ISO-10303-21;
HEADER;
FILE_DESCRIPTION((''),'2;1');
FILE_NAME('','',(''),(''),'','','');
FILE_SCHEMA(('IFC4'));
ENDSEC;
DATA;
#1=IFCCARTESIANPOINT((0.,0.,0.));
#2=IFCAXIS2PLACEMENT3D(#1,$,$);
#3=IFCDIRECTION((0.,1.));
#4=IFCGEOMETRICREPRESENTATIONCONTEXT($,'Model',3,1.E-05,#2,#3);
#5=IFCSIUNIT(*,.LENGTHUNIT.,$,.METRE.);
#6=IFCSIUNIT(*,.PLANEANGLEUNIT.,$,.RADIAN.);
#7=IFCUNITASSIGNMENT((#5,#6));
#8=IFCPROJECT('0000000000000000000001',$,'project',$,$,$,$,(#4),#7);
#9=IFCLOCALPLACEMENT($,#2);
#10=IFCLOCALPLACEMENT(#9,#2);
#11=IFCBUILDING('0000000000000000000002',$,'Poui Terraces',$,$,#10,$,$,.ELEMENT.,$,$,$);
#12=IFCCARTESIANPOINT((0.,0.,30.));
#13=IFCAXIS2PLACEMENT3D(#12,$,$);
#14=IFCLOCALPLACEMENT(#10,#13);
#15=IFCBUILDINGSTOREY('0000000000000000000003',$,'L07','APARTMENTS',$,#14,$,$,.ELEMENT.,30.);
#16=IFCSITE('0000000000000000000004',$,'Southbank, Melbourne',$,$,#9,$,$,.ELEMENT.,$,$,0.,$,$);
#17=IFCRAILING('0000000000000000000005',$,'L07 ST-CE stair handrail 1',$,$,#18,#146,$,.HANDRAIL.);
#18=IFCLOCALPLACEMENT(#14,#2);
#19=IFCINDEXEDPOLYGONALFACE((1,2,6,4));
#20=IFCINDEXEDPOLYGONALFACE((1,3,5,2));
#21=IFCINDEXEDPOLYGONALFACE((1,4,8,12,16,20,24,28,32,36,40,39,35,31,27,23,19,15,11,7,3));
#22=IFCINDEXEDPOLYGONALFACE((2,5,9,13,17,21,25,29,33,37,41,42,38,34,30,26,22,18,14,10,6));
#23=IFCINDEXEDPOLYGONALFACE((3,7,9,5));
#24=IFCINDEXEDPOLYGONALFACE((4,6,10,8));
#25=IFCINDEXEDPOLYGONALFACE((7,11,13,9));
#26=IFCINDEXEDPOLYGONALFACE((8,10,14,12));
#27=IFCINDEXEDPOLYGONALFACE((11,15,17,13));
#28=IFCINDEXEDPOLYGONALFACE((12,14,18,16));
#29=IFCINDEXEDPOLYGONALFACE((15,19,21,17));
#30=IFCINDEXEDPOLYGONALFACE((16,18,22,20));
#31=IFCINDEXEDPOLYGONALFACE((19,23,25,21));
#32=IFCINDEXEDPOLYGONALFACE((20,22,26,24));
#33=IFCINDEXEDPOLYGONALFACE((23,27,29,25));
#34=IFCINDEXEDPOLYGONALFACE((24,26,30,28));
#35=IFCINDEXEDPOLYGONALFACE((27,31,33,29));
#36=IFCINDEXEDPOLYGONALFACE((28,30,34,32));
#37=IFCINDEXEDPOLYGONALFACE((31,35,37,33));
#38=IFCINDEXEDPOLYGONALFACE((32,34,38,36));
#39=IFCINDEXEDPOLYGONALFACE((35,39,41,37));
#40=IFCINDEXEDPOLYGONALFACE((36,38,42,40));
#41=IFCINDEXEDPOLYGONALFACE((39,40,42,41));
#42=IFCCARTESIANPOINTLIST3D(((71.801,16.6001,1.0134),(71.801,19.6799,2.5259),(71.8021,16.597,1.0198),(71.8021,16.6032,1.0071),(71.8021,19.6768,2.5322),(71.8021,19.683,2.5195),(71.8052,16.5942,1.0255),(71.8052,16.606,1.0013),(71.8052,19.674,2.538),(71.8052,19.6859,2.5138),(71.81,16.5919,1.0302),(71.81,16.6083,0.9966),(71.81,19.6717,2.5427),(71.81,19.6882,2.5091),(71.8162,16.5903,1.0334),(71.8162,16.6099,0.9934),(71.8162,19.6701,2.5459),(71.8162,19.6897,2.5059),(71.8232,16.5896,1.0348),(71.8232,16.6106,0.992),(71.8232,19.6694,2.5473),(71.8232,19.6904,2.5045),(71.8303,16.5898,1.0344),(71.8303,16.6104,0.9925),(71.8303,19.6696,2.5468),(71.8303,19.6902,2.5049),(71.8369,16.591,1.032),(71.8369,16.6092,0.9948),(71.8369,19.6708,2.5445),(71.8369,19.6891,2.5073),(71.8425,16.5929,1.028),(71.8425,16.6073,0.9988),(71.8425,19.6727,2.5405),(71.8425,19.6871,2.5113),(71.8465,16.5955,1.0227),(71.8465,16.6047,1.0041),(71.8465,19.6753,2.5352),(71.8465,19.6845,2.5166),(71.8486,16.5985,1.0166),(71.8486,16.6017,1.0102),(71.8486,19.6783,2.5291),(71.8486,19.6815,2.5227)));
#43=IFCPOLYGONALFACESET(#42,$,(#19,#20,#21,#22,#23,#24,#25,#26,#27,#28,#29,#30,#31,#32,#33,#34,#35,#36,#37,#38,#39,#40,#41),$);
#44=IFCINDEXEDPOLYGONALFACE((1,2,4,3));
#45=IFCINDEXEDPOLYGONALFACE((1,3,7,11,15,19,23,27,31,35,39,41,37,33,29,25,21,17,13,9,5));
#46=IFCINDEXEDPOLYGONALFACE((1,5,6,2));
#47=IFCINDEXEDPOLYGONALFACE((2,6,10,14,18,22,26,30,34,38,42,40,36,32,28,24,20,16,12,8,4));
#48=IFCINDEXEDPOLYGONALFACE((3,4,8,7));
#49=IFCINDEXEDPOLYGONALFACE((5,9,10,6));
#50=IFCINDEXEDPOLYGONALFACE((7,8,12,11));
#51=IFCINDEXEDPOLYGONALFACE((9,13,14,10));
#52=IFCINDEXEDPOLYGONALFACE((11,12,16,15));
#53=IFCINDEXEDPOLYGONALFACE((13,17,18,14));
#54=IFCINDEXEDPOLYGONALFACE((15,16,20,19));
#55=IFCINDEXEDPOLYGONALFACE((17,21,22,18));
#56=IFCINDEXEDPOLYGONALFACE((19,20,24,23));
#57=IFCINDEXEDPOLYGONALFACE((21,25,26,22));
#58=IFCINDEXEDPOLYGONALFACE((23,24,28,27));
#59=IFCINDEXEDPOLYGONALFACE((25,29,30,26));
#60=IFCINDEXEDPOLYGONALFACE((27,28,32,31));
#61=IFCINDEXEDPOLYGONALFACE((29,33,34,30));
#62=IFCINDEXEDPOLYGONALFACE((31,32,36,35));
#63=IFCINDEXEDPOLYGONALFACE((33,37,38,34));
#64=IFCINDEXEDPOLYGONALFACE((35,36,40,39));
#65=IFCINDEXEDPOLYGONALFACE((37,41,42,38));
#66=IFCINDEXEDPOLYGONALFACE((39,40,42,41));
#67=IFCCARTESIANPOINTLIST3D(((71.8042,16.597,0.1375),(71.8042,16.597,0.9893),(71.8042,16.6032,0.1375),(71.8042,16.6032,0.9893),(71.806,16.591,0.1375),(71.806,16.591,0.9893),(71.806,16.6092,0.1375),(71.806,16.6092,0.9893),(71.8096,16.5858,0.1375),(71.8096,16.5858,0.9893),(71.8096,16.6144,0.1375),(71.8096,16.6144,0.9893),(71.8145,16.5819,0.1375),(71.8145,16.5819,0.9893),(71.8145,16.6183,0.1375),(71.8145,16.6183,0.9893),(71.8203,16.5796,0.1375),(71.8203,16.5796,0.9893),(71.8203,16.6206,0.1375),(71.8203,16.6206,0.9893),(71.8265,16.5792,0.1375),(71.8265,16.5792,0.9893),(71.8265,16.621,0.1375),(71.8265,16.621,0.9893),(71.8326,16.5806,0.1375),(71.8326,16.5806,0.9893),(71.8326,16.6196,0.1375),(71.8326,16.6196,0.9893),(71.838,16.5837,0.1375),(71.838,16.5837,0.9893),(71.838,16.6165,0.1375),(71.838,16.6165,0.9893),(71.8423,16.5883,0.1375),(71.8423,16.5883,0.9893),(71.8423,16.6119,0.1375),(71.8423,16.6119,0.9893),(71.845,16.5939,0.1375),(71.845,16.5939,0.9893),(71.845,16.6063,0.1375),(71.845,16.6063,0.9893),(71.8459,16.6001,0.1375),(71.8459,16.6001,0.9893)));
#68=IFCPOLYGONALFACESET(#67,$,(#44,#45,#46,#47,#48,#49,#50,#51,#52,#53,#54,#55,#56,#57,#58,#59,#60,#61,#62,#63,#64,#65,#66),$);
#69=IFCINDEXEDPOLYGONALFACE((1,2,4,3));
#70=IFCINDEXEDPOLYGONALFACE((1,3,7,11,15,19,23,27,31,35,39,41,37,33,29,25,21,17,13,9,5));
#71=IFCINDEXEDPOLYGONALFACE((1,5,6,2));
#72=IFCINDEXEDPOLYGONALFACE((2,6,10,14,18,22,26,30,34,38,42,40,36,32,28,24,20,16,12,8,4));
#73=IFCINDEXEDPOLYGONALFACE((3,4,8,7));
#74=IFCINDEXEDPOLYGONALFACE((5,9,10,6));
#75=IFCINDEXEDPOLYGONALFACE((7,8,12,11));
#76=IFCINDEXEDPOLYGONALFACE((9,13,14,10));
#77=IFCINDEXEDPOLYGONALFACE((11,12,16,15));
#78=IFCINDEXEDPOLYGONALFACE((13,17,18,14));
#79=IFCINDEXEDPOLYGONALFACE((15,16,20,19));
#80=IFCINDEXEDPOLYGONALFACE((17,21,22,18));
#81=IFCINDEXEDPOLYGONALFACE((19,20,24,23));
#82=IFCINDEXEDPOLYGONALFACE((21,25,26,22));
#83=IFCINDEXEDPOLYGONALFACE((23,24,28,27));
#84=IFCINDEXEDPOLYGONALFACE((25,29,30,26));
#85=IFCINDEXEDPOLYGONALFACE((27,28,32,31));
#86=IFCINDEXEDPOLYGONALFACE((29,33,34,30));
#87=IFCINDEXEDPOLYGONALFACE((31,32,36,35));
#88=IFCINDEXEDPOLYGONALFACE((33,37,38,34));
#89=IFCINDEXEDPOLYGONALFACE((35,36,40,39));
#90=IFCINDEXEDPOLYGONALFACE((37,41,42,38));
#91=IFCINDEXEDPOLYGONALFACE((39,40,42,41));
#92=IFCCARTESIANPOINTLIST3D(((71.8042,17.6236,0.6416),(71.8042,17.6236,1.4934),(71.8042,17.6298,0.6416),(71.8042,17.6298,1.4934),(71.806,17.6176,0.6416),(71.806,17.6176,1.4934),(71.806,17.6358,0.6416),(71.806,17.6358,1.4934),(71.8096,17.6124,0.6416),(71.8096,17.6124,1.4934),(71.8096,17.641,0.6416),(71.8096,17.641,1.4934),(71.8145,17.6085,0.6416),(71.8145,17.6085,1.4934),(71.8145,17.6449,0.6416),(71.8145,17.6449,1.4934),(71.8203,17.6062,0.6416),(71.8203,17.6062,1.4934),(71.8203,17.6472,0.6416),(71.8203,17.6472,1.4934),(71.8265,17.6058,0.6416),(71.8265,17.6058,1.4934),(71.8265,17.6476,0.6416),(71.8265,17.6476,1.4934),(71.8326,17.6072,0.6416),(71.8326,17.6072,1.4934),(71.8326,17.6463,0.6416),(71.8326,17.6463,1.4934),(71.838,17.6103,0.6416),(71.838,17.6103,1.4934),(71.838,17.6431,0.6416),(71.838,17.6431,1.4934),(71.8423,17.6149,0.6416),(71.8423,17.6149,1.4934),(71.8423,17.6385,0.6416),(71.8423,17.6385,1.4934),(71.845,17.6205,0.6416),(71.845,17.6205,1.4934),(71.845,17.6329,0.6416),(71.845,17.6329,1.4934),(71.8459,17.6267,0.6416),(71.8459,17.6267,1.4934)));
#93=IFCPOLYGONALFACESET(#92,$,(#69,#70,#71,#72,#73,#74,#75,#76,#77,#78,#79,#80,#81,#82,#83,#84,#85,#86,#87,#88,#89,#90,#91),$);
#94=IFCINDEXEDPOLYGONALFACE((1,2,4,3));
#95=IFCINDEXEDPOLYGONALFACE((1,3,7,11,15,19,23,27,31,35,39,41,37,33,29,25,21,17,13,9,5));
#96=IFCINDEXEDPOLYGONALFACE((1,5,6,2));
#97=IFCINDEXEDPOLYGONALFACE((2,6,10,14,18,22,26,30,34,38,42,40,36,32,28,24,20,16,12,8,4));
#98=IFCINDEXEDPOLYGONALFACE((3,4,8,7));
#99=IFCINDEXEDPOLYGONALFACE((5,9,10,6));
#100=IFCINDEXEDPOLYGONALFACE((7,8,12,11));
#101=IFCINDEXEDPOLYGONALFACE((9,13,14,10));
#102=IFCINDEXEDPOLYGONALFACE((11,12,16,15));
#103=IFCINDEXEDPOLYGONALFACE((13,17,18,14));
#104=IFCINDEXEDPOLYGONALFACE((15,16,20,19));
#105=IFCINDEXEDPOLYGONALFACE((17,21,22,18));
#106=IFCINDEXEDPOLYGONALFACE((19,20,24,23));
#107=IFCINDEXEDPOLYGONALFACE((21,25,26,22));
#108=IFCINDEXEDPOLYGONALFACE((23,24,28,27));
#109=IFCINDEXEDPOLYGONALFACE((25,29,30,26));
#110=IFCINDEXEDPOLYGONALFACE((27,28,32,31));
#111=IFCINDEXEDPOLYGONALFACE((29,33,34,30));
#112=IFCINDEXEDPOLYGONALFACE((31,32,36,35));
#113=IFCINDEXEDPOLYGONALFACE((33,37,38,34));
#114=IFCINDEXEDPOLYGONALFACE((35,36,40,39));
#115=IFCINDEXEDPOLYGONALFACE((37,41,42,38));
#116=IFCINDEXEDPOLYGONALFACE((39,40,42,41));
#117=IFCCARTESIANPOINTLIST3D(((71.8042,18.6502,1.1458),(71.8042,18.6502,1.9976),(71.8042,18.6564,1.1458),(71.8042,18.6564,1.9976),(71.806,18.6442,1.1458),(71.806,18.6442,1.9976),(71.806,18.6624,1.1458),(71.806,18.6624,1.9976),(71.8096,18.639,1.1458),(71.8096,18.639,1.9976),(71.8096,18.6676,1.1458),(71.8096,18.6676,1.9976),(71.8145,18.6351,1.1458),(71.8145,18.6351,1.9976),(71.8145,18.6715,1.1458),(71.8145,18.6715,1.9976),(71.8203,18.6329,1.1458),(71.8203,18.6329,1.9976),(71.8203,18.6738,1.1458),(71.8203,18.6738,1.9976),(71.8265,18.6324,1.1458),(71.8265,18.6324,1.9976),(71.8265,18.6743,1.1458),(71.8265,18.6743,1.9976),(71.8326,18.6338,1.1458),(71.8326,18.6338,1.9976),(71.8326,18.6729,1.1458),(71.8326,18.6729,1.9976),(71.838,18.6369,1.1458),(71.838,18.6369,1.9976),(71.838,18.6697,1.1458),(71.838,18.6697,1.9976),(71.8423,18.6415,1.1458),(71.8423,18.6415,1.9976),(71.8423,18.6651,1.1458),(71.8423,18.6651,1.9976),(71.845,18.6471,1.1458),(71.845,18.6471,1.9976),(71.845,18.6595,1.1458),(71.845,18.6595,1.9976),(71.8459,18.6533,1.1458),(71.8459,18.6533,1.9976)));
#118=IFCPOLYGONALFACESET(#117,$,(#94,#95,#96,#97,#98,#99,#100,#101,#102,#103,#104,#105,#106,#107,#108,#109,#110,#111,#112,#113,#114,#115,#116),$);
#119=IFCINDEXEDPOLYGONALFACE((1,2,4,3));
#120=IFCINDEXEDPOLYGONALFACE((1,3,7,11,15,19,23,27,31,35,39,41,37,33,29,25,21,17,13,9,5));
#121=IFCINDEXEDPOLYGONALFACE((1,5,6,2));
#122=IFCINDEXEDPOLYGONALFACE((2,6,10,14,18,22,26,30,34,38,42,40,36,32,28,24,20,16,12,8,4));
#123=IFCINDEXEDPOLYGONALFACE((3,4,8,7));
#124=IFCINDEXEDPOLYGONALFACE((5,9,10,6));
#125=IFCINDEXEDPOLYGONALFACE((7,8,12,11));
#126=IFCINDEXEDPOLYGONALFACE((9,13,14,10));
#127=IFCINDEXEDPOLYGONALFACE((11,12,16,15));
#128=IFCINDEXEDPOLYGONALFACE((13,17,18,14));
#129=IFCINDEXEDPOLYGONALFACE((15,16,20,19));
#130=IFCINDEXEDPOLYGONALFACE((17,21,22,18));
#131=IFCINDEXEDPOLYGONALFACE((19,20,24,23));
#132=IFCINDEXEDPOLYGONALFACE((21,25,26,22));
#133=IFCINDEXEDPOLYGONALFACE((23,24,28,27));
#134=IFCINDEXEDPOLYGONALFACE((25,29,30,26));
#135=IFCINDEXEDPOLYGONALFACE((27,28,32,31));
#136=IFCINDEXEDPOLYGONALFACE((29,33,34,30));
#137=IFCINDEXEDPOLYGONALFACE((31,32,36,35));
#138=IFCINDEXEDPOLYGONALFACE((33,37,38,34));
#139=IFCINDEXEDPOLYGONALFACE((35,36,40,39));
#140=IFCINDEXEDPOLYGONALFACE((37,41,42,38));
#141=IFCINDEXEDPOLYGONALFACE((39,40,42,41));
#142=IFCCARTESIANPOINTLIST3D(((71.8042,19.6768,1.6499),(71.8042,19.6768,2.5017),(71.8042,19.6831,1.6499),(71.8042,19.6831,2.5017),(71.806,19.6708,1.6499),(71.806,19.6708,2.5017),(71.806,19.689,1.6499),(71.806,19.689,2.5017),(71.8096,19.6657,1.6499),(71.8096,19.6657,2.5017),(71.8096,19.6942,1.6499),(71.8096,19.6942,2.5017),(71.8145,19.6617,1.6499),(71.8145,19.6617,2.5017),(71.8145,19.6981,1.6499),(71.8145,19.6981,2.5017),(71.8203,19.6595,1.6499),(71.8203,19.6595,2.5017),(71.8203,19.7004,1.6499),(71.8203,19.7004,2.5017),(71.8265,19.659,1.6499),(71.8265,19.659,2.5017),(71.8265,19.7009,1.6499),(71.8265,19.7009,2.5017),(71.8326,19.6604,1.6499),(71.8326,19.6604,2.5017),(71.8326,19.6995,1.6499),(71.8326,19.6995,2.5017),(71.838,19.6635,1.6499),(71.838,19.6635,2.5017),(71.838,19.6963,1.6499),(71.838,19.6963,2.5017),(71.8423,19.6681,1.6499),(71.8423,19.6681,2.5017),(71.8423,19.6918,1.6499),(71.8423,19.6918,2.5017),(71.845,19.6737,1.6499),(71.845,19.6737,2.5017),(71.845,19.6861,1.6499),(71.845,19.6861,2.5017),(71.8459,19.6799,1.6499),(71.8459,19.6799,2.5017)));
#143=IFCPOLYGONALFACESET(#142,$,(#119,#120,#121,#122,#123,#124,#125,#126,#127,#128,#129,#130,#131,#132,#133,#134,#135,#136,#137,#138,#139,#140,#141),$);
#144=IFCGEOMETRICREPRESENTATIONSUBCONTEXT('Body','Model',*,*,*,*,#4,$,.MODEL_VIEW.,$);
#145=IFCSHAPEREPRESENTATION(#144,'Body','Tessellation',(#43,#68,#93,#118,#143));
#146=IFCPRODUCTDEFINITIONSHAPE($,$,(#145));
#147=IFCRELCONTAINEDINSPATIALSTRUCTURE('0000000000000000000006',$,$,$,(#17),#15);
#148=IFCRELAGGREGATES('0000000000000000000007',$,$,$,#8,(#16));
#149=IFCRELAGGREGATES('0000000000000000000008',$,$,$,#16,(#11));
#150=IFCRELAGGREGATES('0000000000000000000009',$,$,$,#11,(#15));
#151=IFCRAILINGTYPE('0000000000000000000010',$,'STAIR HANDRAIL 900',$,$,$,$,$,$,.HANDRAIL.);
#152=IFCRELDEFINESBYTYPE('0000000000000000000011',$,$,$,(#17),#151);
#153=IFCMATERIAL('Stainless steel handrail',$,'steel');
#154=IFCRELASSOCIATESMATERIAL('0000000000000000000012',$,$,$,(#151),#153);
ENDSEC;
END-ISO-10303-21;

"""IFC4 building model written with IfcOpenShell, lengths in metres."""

from ifc_helpers import new_model, si_unit, direction, frame, origin, origin_2d, place, context, subcontext, project, spatial, circle, extrude, material, type_object, element, save


model = new_model("IFC4")

# Units and contexts
model_context = context("Model", 3, precision=1e-05, world=origin(), true_north=direction((0.0, 1.0)))
body_context = subcontext(model_context, "Body", "Model", "MODEL_VIEW")
ifc_project = project(units=[si_unit("LENGTHUNIT", "METRE"), si_unit("PLANEANGLEUNIT", "RADIAN")], contexts=[model_context])

# Site, building, storey
site_placement = place(None, origin())
site = spatial("IfcSite", under=ifc_project, at=site_placement, Name="Southbank, Melbourne", CompositionType="ELEMENT", RefElevation=0.0)
building_placement = place(site_placement, origin())
building = spatial("IfcBuilding", under=site, at=building_placement, Name="Poui Terraces", CompositionType="ELEMENT")
storey_placement = place(building_placement, frame((0.0, 0.0, 30.0)))
storey = spatial("IfcBuildingStorey", under=building, at=storey_placement, Name="L07", Description="APARTMENTS", CompositionType="ELEMENT", Elevation=30.0)

# Railing
ifc_material_1 = material(Name="Stainless steel handrail", Category="steel")
railing_type_1 = type_object("IfcRailingType", Name="STAIR HANDRAIL 900", PredefinedType="HANDRAIL", material=ifc_material_1)
railing_1_placement = place(storey_placement, frame((71.825, 16.6001, 0.1375)))
element("IfcRailing", 1, at=railing_1_placement, inside=storey, type_object=railing_type_1, Name="L07 ST-CE stair handrail 1", PredefinedType="HANDRAIL", context=body_context, shape_type="SweptSolid", body=[
    extrude(circle(Radius=0.0239, at=origin_2d()), frame((0.0, 0.0, 0.876), z_axis=(0.0, 0.897606, 0.440798), x_axis=(-1.0, 0.0, 0.0)), (0.0, 0.0, 1.0), 3.4312),
    extrude(circle(Radius=0.021, at=origin_2d()), origin(), (0.0, 0.0, 1.0), 0.8518),
    extrude(circle(Radius=0.021, at=origin_2d()), frame((0.0, 1.0266, 0.5042)), (0.0, 0.0, 1.0), 0.8518),
    extrude(circle(Radius=0.021, at=origin_2d()), frame((0.0, 2.0532, 1.0083)), (0.0, 0.0, 1.0), 0.8518),
    extrude(circle(Radius=0.021, at=origin_2d()), frame((0.0, 3.0798, 1.5125)), (0.0, 0.0, 1.0), 0.8518),
])

save(model, "model.ifc")
